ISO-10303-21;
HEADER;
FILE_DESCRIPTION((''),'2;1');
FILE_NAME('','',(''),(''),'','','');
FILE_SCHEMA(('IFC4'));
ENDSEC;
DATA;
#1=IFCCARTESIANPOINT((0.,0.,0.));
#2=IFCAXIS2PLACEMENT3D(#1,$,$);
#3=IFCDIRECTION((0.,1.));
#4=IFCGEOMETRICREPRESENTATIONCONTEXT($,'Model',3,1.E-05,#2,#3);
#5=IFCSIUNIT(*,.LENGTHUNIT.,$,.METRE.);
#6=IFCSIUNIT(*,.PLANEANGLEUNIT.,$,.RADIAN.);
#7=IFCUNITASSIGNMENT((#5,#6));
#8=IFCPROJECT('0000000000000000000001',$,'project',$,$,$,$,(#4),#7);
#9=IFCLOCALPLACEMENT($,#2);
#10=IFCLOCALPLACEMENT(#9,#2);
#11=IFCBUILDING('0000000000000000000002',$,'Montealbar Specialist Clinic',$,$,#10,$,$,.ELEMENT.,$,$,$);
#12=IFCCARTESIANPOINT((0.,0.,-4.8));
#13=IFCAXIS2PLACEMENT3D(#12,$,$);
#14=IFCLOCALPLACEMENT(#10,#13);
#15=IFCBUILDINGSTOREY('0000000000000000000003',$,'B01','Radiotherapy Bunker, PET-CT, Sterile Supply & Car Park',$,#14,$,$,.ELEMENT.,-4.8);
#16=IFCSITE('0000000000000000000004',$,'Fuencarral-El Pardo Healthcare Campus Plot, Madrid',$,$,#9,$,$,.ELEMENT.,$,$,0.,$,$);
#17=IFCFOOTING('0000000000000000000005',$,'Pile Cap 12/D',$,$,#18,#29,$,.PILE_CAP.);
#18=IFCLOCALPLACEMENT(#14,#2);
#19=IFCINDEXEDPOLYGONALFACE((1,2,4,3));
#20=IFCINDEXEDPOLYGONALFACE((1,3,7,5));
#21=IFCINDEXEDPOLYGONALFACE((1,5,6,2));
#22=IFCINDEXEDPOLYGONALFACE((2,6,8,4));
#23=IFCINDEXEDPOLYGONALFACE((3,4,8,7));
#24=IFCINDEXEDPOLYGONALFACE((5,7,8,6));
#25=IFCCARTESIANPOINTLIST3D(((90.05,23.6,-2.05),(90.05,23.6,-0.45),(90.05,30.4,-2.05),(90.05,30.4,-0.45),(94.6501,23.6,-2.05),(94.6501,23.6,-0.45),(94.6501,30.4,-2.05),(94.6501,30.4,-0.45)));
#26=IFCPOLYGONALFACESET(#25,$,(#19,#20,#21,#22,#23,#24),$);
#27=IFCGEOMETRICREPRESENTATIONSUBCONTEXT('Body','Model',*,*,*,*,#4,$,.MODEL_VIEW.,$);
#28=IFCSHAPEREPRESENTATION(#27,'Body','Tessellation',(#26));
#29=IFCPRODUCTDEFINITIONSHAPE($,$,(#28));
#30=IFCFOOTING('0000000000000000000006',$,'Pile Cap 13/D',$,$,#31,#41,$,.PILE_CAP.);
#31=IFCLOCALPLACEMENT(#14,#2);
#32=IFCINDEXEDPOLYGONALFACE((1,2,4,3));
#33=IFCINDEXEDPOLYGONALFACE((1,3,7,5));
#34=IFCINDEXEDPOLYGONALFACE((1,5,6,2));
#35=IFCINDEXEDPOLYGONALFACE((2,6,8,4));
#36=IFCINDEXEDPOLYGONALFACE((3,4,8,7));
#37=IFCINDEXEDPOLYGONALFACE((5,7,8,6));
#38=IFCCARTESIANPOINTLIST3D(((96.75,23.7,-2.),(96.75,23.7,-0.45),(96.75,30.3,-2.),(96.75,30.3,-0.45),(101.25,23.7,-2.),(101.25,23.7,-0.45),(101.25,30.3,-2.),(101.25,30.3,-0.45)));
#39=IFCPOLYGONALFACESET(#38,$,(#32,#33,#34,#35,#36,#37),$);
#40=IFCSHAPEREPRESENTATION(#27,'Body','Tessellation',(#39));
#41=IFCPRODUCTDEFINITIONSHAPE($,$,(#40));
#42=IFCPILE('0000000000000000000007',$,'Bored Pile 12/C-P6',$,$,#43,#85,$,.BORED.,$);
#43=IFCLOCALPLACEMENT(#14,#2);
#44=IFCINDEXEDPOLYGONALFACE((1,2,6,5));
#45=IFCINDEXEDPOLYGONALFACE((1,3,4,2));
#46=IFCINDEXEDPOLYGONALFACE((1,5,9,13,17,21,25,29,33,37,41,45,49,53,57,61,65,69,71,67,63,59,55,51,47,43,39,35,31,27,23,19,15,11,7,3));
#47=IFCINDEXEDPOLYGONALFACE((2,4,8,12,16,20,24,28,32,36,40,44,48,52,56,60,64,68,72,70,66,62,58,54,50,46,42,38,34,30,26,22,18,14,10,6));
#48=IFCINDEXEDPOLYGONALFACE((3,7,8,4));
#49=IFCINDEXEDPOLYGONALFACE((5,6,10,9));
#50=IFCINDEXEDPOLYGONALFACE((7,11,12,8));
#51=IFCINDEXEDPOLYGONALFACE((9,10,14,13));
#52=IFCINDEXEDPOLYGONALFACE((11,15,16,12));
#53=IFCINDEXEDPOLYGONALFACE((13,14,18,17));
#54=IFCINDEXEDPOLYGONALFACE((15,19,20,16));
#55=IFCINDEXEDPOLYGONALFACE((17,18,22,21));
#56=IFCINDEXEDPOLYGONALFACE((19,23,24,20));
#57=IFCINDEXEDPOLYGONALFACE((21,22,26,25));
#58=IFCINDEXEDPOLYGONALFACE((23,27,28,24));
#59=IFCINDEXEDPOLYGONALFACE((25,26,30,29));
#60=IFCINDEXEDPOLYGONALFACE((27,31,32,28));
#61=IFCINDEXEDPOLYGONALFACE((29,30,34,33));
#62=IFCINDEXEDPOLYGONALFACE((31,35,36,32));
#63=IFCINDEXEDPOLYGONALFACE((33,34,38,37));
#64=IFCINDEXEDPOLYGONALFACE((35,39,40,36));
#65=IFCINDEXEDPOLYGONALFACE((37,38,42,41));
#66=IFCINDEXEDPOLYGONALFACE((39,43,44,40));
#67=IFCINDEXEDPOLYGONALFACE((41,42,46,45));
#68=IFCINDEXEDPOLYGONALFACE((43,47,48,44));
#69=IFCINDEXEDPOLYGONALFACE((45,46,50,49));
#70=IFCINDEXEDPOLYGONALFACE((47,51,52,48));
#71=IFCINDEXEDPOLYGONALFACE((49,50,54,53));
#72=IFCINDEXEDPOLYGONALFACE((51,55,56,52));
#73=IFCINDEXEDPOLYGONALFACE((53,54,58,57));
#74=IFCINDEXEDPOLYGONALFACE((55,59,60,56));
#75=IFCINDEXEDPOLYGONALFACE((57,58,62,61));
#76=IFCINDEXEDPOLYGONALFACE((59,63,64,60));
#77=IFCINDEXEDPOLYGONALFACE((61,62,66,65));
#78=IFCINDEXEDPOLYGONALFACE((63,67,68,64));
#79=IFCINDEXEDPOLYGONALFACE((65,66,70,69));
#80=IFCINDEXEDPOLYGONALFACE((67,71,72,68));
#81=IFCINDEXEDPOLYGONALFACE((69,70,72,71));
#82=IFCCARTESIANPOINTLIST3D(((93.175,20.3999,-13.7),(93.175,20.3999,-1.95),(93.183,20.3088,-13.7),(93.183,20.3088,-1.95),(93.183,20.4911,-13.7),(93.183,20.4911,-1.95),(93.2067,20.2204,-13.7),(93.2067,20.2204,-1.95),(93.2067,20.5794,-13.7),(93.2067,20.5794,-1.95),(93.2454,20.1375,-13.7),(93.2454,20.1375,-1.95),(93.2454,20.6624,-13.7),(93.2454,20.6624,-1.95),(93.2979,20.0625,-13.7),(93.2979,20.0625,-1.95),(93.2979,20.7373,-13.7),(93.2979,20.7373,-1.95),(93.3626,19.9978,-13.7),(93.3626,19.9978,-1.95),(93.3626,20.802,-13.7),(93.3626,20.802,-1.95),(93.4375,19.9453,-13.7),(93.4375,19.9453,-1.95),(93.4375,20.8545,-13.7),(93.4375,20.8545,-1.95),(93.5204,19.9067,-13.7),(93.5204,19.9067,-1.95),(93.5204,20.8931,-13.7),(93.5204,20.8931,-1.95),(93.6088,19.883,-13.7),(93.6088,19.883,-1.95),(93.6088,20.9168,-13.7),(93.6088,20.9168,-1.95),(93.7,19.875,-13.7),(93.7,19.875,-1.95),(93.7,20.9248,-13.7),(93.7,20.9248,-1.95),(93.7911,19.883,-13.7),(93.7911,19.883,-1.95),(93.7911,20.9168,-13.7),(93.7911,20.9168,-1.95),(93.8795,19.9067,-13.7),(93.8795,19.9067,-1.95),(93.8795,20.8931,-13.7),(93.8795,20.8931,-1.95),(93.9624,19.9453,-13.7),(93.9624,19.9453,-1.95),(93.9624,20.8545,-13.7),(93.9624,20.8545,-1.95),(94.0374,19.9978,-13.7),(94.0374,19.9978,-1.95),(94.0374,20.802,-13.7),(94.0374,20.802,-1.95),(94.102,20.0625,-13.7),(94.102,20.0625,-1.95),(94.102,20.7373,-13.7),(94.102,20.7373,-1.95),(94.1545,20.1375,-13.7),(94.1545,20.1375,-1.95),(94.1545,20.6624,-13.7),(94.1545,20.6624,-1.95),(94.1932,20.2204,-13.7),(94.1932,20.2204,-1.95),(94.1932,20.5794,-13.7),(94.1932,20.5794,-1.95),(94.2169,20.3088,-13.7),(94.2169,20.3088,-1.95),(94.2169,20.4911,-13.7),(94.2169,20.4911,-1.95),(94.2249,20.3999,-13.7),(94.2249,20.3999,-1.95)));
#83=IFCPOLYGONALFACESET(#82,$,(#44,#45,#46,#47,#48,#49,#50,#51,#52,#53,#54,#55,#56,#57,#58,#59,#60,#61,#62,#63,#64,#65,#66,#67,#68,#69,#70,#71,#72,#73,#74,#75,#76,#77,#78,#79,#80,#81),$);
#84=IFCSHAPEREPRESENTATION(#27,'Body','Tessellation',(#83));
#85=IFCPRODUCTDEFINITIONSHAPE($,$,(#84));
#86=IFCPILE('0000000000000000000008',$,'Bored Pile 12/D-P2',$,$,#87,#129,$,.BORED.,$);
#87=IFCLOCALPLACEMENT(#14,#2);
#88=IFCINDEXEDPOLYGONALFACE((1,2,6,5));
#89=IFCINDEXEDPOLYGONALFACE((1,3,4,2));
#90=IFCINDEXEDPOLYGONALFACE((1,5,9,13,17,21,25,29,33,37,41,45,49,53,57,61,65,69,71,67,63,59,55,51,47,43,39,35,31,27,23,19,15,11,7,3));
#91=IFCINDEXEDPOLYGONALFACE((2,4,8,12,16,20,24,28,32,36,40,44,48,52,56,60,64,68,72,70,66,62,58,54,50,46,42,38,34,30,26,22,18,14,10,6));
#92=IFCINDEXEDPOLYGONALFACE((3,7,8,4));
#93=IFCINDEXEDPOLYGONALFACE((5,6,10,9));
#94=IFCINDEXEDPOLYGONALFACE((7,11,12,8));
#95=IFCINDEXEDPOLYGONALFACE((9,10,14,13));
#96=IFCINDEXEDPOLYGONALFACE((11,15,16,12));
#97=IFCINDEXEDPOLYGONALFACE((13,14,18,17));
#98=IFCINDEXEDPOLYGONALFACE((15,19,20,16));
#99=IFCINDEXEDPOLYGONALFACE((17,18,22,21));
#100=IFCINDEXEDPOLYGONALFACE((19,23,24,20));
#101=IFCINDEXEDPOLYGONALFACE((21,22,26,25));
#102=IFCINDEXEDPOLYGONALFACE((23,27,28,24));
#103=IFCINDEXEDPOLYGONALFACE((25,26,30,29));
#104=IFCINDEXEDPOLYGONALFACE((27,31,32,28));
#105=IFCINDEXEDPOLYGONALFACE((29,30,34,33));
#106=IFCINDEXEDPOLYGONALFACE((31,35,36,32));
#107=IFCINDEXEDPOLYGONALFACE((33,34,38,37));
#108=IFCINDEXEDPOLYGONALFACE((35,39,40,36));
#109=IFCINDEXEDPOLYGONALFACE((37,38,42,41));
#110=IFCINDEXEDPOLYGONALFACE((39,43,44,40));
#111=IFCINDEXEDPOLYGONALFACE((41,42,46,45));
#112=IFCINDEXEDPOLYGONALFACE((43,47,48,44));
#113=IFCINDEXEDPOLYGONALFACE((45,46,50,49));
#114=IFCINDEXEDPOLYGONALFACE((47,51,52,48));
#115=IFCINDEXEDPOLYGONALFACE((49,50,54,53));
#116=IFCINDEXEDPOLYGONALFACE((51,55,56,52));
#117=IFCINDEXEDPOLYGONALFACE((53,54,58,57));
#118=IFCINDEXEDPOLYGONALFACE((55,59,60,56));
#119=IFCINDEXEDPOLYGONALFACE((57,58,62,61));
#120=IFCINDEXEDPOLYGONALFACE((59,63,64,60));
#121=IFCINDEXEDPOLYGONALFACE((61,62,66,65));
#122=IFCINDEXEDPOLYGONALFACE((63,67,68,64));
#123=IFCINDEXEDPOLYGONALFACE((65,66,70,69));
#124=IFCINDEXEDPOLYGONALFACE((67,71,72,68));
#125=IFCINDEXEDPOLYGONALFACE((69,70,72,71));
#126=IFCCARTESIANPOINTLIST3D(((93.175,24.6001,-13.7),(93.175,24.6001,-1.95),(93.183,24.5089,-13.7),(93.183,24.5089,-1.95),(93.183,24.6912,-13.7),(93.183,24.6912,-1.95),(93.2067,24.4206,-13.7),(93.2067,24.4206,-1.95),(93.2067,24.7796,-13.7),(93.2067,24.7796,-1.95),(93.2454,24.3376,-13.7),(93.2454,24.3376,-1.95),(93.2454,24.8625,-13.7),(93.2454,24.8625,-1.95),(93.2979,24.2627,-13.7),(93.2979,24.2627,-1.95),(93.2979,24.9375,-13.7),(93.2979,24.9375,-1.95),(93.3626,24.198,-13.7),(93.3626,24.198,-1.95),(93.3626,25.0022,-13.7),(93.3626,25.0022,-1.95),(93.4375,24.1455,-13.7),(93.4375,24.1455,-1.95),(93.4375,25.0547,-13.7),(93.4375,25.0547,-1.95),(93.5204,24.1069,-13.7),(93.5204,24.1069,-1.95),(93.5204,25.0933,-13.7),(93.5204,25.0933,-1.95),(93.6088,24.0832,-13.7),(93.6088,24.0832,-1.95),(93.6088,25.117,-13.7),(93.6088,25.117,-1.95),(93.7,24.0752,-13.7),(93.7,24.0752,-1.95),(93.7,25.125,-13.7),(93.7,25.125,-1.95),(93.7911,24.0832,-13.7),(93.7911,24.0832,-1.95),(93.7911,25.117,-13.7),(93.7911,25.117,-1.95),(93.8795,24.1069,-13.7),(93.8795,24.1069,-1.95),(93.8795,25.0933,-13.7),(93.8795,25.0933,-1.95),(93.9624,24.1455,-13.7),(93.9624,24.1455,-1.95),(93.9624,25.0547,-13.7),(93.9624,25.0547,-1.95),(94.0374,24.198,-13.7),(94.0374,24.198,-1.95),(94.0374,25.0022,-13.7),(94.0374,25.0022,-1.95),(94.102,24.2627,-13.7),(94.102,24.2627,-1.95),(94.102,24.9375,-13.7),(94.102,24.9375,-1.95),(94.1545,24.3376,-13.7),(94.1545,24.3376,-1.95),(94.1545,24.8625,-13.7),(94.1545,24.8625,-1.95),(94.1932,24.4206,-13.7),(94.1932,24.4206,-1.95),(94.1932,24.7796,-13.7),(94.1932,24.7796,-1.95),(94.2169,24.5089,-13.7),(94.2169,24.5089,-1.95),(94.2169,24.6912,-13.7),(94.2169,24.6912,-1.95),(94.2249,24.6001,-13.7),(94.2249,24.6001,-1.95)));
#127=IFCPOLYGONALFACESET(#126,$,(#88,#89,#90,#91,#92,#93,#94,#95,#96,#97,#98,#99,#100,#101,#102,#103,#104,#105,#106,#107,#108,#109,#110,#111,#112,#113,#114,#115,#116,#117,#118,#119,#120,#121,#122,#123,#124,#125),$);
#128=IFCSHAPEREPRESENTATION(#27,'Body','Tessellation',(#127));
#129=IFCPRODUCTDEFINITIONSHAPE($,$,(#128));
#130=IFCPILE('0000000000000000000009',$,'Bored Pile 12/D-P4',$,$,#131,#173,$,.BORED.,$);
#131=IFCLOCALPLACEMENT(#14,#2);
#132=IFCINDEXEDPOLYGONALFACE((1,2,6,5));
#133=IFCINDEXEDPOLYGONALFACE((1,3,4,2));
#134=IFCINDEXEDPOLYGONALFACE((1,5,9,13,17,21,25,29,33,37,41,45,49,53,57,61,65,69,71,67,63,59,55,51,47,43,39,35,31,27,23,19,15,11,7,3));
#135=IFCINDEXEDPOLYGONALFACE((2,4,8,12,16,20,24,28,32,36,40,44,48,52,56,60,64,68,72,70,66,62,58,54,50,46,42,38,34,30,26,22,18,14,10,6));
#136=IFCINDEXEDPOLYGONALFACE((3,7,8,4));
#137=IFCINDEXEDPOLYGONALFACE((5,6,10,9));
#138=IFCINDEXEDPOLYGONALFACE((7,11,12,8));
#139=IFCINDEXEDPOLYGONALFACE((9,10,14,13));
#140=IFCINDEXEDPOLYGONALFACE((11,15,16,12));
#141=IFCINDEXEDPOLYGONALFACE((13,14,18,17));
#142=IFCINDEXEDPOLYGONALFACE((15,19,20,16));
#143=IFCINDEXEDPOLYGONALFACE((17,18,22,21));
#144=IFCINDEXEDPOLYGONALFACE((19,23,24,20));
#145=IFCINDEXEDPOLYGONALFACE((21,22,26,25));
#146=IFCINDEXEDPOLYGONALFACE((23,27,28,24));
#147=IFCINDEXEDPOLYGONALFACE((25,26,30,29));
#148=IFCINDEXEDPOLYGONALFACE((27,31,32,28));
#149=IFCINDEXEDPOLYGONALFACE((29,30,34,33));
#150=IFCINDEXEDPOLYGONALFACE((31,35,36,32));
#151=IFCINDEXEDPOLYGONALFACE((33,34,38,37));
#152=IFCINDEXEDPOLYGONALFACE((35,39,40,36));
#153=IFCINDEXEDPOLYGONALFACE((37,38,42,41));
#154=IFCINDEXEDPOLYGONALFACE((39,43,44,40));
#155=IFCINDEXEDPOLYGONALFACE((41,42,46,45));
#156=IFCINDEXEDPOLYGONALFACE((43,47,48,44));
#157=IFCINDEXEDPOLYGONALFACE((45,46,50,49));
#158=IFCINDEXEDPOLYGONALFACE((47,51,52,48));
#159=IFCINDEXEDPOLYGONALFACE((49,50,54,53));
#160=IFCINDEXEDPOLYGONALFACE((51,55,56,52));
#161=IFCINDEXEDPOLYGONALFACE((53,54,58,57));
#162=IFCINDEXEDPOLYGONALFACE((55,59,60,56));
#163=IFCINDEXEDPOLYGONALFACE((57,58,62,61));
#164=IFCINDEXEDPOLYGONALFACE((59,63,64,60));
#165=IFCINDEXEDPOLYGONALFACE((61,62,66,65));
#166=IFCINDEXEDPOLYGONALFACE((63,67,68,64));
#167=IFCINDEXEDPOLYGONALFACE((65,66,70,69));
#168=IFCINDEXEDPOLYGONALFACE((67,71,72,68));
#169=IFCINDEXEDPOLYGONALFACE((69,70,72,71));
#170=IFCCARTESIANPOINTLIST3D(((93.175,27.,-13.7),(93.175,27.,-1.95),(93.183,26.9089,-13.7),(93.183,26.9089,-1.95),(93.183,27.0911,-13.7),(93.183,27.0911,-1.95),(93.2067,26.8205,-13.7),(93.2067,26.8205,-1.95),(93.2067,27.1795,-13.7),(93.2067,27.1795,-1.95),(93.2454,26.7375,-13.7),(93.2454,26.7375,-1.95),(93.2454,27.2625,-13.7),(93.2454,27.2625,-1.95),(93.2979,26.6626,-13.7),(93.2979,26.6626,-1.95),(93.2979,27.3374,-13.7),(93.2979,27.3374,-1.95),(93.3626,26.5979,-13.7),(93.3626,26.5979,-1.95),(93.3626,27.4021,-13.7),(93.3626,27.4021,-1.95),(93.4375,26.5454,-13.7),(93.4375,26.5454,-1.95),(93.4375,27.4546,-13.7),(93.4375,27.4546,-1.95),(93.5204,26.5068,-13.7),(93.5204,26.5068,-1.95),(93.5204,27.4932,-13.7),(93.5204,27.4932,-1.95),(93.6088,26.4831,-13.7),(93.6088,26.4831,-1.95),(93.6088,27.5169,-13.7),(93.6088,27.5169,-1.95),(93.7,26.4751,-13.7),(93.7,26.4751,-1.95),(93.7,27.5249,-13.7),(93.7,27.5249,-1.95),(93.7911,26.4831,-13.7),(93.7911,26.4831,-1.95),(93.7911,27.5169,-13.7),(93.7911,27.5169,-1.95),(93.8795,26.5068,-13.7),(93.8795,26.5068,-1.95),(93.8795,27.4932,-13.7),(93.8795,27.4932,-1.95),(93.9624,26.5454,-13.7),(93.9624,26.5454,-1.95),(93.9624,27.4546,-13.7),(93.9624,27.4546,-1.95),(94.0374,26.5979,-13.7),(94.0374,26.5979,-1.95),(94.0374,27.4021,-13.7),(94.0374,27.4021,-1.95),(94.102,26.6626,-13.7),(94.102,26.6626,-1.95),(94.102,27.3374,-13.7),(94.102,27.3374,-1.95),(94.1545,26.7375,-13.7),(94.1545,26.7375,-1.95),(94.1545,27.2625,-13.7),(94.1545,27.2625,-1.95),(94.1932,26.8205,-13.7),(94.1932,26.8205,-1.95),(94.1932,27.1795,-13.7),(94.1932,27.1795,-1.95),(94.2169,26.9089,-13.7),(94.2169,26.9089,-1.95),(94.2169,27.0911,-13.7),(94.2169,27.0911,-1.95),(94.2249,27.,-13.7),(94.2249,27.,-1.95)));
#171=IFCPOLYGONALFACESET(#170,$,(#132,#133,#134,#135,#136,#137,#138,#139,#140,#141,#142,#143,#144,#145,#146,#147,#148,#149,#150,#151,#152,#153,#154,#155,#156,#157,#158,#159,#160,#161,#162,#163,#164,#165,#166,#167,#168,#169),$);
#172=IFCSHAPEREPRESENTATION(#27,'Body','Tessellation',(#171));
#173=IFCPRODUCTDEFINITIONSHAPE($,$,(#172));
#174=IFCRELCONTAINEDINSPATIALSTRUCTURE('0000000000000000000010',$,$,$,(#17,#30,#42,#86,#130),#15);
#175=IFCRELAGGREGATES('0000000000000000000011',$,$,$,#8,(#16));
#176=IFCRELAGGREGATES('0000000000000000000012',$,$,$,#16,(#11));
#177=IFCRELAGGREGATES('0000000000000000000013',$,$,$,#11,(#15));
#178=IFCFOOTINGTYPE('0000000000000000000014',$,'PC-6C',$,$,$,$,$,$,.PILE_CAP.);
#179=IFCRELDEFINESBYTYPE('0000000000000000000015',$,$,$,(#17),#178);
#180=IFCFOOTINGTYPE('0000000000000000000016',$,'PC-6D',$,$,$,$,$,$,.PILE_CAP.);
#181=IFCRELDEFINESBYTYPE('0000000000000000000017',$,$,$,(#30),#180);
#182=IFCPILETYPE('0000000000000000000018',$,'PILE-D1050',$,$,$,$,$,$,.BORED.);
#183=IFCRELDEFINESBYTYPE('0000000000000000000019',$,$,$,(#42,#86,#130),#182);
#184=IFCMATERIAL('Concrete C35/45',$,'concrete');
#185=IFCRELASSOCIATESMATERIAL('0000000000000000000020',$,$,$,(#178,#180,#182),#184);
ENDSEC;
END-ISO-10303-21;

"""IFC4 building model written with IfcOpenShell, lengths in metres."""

from ifc_helpers import new_model, si_unit, direction, frame, origin, origin_2d, place, context, subcontext, project, spatial, rectangle, circle, extrude, material, material_profile, profile_set, type_object, element, save


model = new_model("IFC4")

# Units and contexts
model_context = context("Model", 3, precision=1e-05, world=origin(), true_north=direction((0.0, 1.0)))
body_context = subcontext(model_context, "Body", "Model", "MODEL_VIEW")
ifc_project = project(units=[si_unit("LENGTHUNIT", "METRE"), si_unit("PLANEANGLEUNIT", "RADIAN")], contexts=[model_context])

# Site, building, storey
site_placement = place(None, origin())
site = spatial("IfcSite", under=ifc_project, at=site_placement, Name="Fuencarral-El Pardo Healthcare Campus Plot, Madrid", CompositionType="ELEMENT", RefElevation=0.0)
building_placement = place(site_placement, origin())
building = spatial("IfcBuilding", under=site, at=building_placement, Name="Montealbar Specialist Clinic", CompositionType="ELEMENT")
storey_placement = place(building_placement, frame((0.0, 0.0, -4.8)))
storey = spatial("IfcBuildingStorey", under=building, at=storey_placement, Name="B01", Description="Radiotherapy Bunker, PET-CT, Sterile Supply & Car Park", CompositionType="ELEMENT", Elevation=-4.8)

# Footings
ifc_material_1 = material(Name="Concrete C35/45", Category="concrete")
footing_type_1 = type_object("IfcFootingType", Name="PC-6C", PredefinedType="PILE_CAP", material=ifc_material_1)
footing_1_placement = place(storey_placement, frame((92.3501, 27.0, -2.05), z_axis=(0.0, 0.0, 1.0), x_axis=(1.0, 0.0, 0.0)))
element("IfcFooting", 1, at=footing_1_placement, inside=storey, type_object=footing_type_1, Name="Pile Cap 12/D", PredefinedType="PILE_CAP", context=body_context, shape_type="SweptSolid", body=[
    extrude(rectangle(XDim=4.6001, YDim=6.8, at=origin_2d()), origin(), (0.0, 0.0, 1.0), 1.6001),
])
footing_type_2 = type_object("IfcFootingType", Name="PC-6D", PredefinedType="PILE_CAP", material=ifc_material_1)
footing_2_placement = place(storey_placement, frame((99.0, 27.0, -2.0), z_axis=(0.0, 0.0, 1.0), x_axis=(1.0, 0.0, 0.0)))
element("IfcFooting", 2, at=footing_2_placement, inside=storey, type_object=footing_type_2, Name="Pile Cap 13/D", PredefinedType="PILE_CAP", context=body_context, shape_type="SweptSolid", body=[
    extrude(rectangle(XDim=4.5, YDim=6.6001, at=origin_2d()), origin(), (0.0, 0.0, 1.0), 1.55),
])

# Piles
ifc_material_profile_1 = material_profile(ifc_material_1, circle(Radius=0.5249, at=origin_2d()), Name="PILE D1050", Category="concrete")
ifc_profile_set_1 = profile_set([ifc_material_profile_1], Name="Concrete C35/45")
pile_type_1 = type_object("IfcPileType", Name="PILE-D1050", PredefinedType="BORED", material=ifc_profile_set_1)
for number, where, z_axis, x_axis, name in (
    (3, (93.7, 20.3999, -1.95), (0.0, 0.0, -1.0), (1.0, 0.0, 0.0), "Bored Pile 12/C-P6"),
    (4, (93.7, 24.6001, -1.95), (0.0, 0.0, -1.0), (1.0, 0.0, 0.0), "Bored Pile 12/D-P2"),
    (5, (93.7, 27.0, -1.95), (0.0, 0.0, -1.0), (1.0, 0.0, 0.0), "Bored Pile 12/D-P4"),
):
    element("IfcPile", number, at=place(storey_placement, frame(where, z_axis=z_axis, x_axis=x_axis)), inside=storey, type_object=pile_type_1, Name=name, PredefinedType="BORED", context=body_context, shape_type="SweptSolid", body=[
        extrude(circle(Radius=0.5249, at=origin_2d()), origin(), (0.0, 0.0, 1.0), 11.75),
    ])

save(model, "model.ifc")
